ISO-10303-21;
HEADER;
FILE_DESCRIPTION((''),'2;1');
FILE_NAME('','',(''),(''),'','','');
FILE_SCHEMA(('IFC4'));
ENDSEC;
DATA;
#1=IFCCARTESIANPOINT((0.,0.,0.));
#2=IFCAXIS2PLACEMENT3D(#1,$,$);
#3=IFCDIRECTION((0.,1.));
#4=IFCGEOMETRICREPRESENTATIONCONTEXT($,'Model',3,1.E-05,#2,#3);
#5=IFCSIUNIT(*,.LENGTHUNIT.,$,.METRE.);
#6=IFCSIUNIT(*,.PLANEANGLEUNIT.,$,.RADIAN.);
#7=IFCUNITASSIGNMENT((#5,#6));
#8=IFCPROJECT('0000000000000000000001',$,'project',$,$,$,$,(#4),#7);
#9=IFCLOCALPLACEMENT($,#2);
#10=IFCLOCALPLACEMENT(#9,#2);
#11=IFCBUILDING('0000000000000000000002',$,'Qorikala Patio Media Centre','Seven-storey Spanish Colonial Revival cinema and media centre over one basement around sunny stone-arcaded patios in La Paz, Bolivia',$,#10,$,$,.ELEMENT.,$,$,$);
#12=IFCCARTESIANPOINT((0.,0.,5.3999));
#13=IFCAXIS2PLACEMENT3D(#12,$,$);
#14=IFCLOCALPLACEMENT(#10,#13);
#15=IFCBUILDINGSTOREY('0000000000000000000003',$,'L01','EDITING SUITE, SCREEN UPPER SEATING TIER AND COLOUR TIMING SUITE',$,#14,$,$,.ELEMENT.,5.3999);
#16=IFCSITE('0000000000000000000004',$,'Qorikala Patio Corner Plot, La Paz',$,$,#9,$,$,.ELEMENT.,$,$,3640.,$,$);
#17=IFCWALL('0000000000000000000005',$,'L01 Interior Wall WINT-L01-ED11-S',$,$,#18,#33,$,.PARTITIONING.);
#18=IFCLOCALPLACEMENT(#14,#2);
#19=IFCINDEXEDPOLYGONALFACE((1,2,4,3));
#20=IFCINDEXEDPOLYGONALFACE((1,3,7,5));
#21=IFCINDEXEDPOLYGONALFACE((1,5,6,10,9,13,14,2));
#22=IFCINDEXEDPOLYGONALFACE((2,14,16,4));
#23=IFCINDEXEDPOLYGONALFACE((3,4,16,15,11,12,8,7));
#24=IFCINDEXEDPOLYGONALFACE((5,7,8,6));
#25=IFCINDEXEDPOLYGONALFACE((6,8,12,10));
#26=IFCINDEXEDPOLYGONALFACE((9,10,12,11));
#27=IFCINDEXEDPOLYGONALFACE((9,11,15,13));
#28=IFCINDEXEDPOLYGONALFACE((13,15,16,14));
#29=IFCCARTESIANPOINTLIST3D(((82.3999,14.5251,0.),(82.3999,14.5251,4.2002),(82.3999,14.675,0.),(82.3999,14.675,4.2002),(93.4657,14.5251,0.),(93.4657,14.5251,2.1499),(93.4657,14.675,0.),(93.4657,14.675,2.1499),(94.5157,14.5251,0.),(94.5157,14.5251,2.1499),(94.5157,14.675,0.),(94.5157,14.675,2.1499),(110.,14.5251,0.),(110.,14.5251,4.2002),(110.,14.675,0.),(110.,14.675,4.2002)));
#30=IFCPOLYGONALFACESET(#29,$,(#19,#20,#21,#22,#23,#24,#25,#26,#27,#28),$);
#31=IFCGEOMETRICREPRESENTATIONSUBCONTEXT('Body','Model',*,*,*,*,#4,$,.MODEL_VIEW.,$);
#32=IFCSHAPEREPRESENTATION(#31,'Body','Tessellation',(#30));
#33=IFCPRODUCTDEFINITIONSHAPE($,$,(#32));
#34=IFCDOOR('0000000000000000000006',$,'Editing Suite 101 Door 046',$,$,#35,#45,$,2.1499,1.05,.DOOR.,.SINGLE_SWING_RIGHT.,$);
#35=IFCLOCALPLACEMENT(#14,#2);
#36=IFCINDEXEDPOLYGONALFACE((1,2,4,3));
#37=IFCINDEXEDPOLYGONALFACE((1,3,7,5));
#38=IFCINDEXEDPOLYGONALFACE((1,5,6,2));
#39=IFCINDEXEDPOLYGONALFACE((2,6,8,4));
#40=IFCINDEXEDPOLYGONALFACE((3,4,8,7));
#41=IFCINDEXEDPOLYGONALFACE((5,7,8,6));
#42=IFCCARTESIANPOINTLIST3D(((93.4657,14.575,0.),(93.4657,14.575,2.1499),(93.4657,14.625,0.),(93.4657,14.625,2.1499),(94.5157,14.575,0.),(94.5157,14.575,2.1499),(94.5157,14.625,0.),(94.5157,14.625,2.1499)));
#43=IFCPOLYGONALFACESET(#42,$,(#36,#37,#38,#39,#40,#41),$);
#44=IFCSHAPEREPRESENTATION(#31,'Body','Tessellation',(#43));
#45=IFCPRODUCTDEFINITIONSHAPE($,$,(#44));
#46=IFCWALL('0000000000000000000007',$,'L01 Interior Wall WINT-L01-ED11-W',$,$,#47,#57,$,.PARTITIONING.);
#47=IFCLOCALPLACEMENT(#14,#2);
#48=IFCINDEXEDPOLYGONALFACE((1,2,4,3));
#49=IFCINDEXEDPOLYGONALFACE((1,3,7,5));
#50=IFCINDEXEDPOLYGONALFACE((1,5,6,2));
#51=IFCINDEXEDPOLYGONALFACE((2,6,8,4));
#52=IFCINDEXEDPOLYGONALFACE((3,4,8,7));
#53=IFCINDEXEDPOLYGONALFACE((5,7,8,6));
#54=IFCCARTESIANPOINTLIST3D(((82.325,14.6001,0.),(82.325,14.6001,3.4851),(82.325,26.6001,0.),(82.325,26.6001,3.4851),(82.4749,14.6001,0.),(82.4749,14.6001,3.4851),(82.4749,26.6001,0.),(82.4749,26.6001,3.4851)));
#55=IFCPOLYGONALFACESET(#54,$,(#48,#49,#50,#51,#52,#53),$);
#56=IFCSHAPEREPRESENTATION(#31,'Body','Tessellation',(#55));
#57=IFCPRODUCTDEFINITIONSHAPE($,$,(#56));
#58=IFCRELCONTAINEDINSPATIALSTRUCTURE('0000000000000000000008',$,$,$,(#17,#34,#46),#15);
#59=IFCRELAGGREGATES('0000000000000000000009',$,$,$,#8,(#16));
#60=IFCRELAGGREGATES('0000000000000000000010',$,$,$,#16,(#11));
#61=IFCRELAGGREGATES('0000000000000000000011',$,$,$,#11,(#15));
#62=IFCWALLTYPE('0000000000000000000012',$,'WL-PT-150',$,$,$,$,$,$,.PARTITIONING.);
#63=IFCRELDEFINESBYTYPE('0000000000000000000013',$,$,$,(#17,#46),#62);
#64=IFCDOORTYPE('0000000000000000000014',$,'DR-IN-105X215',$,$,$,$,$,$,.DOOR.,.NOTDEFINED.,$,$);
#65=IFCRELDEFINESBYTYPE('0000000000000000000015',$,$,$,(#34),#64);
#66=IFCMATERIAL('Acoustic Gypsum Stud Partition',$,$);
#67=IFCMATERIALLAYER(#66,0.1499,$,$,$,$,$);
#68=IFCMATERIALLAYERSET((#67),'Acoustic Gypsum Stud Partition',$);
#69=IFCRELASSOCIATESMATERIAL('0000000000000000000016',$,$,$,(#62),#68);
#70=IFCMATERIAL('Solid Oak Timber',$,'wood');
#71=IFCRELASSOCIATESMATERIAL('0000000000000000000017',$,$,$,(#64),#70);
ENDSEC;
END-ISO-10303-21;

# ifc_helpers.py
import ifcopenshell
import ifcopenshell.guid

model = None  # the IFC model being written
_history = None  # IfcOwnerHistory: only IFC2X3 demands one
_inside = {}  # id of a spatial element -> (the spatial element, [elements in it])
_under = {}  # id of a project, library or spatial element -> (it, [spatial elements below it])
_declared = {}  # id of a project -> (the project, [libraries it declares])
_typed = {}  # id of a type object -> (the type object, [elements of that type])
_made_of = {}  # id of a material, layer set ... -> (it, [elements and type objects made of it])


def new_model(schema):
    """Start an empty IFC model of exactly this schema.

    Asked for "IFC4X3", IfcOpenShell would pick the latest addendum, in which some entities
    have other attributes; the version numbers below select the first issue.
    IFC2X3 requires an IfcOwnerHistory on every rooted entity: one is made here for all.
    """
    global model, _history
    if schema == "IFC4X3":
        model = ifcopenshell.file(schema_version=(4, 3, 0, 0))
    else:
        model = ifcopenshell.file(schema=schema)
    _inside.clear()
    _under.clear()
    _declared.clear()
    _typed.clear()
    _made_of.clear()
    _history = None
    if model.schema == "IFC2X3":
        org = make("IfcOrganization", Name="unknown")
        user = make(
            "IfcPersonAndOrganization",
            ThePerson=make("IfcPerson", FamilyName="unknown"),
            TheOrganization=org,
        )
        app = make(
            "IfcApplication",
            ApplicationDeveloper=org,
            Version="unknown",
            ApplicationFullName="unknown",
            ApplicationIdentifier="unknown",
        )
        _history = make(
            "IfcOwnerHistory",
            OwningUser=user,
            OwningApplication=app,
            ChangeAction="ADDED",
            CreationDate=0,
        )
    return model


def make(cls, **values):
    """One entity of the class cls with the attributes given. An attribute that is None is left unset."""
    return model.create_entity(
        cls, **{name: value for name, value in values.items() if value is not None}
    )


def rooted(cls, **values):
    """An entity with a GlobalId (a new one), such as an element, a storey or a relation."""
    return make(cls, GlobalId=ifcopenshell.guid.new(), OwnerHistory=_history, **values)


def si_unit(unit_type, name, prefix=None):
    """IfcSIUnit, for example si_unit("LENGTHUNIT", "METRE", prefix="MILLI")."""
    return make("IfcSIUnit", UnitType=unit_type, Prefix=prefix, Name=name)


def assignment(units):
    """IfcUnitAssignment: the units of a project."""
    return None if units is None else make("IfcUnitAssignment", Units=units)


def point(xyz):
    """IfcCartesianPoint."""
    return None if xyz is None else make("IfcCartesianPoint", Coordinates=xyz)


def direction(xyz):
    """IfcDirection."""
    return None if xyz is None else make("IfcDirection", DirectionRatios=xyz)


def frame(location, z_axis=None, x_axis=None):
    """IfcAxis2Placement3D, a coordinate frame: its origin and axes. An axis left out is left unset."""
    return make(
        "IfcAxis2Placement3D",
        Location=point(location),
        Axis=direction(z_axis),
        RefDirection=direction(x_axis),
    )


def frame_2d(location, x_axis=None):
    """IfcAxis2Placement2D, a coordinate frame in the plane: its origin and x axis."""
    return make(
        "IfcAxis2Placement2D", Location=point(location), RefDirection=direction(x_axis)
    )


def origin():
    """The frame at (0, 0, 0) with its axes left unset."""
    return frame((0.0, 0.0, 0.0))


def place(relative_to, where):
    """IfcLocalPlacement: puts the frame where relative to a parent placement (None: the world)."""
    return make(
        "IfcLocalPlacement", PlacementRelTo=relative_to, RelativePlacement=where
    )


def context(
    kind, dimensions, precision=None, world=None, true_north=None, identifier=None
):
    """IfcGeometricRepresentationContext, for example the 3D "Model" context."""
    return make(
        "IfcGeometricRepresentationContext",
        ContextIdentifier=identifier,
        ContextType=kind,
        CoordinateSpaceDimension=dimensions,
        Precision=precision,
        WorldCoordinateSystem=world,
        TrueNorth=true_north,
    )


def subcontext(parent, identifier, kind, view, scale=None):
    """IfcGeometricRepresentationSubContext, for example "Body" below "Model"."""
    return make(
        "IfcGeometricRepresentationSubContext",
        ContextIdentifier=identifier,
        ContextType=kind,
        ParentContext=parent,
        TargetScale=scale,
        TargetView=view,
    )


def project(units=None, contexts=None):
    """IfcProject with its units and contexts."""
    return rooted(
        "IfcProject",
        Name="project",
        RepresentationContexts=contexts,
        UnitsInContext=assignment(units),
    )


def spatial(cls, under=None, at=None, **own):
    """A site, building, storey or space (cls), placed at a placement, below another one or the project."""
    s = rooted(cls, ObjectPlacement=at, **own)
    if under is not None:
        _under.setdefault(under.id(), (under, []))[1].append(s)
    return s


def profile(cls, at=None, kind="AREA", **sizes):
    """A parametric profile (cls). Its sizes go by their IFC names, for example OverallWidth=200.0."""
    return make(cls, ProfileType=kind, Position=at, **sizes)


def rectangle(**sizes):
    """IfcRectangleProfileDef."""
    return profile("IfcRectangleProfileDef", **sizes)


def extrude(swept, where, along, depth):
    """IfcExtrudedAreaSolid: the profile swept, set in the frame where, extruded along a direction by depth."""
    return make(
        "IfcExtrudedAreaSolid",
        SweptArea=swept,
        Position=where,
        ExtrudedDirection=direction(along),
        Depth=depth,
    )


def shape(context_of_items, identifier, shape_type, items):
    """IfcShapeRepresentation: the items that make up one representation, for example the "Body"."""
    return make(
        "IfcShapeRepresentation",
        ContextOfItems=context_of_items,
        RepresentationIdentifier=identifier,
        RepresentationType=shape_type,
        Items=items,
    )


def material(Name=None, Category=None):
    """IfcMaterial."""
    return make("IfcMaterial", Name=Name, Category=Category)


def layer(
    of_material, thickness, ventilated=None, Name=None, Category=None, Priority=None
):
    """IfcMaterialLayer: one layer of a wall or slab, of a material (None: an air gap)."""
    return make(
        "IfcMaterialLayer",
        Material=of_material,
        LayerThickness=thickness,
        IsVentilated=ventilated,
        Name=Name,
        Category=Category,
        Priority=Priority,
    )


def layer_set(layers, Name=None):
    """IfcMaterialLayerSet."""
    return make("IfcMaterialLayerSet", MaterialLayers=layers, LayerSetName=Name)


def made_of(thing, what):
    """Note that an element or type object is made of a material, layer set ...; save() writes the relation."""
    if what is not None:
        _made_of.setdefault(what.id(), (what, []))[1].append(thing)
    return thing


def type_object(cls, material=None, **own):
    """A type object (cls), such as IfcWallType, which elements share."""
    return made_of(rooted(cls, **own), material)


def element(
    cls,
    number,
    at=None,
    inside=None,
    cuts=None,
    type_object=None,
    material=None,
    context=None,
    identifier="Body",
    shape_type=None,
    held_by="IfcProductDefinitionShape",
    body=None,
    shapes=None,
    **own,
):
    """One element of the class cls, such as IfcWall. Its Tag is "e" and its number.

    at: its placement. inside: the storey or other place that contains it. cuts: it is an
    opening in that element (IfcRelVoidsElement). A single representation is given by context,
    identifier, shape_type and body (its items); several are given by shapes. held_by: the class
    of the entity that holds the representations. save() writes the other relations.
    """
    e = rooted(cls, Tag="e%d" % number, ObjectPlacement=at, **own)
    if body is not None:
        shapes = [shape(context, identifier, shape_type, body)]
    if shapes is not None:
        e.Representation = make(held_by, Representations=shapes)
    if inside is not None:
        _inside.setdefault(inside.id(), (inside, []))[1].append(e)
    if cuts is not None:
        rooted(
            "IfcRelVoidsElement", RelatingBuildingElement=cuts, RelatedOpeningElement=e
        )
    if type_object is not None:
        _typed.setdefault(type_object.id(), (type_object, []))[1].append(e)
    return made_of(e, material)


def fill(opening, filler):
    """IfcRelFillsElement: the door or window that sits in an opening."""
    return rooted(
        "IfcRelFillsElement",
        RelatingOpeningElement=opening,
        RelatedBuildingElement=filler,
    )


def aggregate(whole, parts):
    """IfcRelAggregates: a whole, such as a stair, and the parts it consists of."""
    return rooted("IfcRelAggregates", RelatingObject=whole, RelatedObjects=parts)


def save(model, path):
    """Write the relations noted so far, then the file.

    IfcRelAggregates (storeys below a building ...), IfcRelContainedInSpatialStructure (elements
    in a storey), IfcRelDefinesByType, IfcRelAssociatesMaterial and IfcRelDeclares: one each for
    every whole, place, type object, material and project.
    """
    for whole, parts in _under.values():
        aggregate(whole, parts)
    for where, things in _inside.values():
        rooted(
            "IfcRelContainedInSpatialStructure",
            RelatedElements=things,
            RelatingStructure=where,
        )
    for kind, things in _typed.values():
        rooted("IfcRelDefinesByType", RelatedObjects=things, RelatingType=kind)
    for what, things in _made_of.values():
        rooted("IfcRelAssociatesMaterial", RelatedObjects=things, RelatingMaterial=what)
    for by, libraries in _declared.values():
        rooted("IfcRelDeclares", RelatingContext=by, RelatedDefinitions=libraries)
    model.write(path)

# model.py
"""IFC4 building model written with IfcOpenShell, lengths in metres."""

from ifc_helpers import new_model, si_unit, direction, frame, frame_2d, origin, place, context, subcontext, project, spatial, rectangle, extrude, material, layer, layer_set, type_object, element, fill, save


model = new_model("IFC4")

# Units and contexts
model_context = context("Model", 3, precision=1e-05, world=origin(), true_north=direction((0.0, 1.0)))
body_context = subcontext(model_context, "Body", "Model", "MODEL_VIEW")
ifc_project = project(units=[si_unit("LENGTHUNIT", "METRE"), si_unit("PLANEANGLEUNIT", "RADIAN")], contexts=[model_context])

# Site, building, storey
site_placement = place(None, origin())
site = spatial("IfcSite", under=ifc_project, at=site_placement, Name="Qorikala Patio Corner Plot, La Paz", CompositionType="ELEMENT", RefElevation=3640.0)
building_placement = place(site_placement, origin())
building = spatial("IfcBuilding", under=site, at=building_placement, Name="Qorikala Patio Media Centre", Description="Seven-storey Spanish Colonial Revival cinema and media centre over one basement around sunny stone-arcaded patios in La Paz, Bolivia", CompositionType="ELEMENT")
storey_placement = place(building_placement, frame((0.0, 0.0, 5.3999)))
storey = spatial("IfcBuildingStorey", under=building, at=storey_placement, Name="L01", Description="EDITING SUITE, SCREEN UPPER SEATING TIER AND COLOUR TIMING SUITE", CompositionType="ELEMENT", Elevation=5.3999)

# Wall, opening, door
ifc_material_1 = material(Name="Acoustic Gypsum Stud Partition")
ifc_layer_1 = layer(ifc_material_1, 0.1499)
ifc_layer_set_1 = layer_set([ifc_layer_1], Name="Acoustic Gypsum Stud Partition")
wall_type_1 = type_object("IfcWallType", Name="WL-PT-150", PredefinedType="PARTITIONING", material=ifc_layer_set_1)
wall_1_placement = place(storey_placement, frame((82.3999, 14.6001, 0.0), z_axis=(0.0, 0.0, 1.0), x_axis=(1.0, 0.0, 0.0)))
wall_1 = element("IfcWall", 1, at=wall_1_placement, inside=storey, type_object=wall_type_1, Name="L01 Interior Wall WINT-L01-ED11-S", PredefinedType="PARTITIONING", context=body_context, shape_type="SweptSolid", body=[
    extrude(rectangle(XDim=27.6001, YDim=0.1499, at=frame_2d((13.8, 0.0))), origin(), (0.0, 0.0, 1.0), 4.2002),
])
opening_1_placement = place(wall_1_placement, frame((11.0659, 0.0, 0.0)))
opening_1 = element("IfcOpeningElement", 2, at=opening_1_placement, cuts=wall_1, PredefinedType="OPENING", context=body_context, shape_type="SweptSolid", body=[
    extrude(rectangle(XDim=1.05, YDim=2.1499, at=frame_2d((0.5249, 1.075))), frame((0.0, 0.085, 0.0), z_axis=(0.0, -1.0, 0.0), x_axis=(1.0, 0.0, 0.0)), (0.0, 0.0, 1.0), 0.1699),
])
ifc_material_2 = material(Name="Solid Oak Timber", Category="wood")
door_type_1 = type_object("IfcDoorType", Name="DR-IN-105X215", OperationType="NOTDEFINED", PredefinedType="DOOR", material=ifc_material_2)
door_1_placement = place(opening_1_placement, origin())
door_1 = element("IfcDoor", 3, at=door_1_placement, inside=storey, type_object=door_type_1, Name="Editing Suite 101 Door 046", OperationType="SINGLE_SWING_RIGHT", OverallHeight=2.1499, OverallWidth=1.05, PredefinedType="DOOR", context=body_context, shape_type="SweptSolid", body=[
    extrude(rectangle(XDim=1.05, YDim=2.1499, at=frame_2d((0.5249, 1.075))), frame((0.0, 0.0249, 0.0), z_axis=(0.0, -1.0, 0.0), x_axis=(1.0, 0.0, 0.0)), (0.0, 0.0, 1.0), 0.05),
])
fill(opening_1, door_1)

# Wall
wall_2_placement = place(storey_placement, frame((82.3999, 14.6001, 0.0), z_axis=(0.0, 0.0, 1.0), x_axis=(0.0, 1.0, 0.0)))
element("IfcWall", 4, at=wall_2_placement, inside=storey, type_object=wall_type_1, Name="L01 Interior Wall WINT-L01-ED11-W", PredefinedType="PARTITIONING", context=body_context, shape_type="SweptSolid", body=[
    extrude(rectangle(XDim=12.0, YDim=0.1499, at=frame_2d((6.0, 0.0))), origin(), (0.0, 0.0, 1.0), 3.4851),
])

save(model, "model.ifc")
